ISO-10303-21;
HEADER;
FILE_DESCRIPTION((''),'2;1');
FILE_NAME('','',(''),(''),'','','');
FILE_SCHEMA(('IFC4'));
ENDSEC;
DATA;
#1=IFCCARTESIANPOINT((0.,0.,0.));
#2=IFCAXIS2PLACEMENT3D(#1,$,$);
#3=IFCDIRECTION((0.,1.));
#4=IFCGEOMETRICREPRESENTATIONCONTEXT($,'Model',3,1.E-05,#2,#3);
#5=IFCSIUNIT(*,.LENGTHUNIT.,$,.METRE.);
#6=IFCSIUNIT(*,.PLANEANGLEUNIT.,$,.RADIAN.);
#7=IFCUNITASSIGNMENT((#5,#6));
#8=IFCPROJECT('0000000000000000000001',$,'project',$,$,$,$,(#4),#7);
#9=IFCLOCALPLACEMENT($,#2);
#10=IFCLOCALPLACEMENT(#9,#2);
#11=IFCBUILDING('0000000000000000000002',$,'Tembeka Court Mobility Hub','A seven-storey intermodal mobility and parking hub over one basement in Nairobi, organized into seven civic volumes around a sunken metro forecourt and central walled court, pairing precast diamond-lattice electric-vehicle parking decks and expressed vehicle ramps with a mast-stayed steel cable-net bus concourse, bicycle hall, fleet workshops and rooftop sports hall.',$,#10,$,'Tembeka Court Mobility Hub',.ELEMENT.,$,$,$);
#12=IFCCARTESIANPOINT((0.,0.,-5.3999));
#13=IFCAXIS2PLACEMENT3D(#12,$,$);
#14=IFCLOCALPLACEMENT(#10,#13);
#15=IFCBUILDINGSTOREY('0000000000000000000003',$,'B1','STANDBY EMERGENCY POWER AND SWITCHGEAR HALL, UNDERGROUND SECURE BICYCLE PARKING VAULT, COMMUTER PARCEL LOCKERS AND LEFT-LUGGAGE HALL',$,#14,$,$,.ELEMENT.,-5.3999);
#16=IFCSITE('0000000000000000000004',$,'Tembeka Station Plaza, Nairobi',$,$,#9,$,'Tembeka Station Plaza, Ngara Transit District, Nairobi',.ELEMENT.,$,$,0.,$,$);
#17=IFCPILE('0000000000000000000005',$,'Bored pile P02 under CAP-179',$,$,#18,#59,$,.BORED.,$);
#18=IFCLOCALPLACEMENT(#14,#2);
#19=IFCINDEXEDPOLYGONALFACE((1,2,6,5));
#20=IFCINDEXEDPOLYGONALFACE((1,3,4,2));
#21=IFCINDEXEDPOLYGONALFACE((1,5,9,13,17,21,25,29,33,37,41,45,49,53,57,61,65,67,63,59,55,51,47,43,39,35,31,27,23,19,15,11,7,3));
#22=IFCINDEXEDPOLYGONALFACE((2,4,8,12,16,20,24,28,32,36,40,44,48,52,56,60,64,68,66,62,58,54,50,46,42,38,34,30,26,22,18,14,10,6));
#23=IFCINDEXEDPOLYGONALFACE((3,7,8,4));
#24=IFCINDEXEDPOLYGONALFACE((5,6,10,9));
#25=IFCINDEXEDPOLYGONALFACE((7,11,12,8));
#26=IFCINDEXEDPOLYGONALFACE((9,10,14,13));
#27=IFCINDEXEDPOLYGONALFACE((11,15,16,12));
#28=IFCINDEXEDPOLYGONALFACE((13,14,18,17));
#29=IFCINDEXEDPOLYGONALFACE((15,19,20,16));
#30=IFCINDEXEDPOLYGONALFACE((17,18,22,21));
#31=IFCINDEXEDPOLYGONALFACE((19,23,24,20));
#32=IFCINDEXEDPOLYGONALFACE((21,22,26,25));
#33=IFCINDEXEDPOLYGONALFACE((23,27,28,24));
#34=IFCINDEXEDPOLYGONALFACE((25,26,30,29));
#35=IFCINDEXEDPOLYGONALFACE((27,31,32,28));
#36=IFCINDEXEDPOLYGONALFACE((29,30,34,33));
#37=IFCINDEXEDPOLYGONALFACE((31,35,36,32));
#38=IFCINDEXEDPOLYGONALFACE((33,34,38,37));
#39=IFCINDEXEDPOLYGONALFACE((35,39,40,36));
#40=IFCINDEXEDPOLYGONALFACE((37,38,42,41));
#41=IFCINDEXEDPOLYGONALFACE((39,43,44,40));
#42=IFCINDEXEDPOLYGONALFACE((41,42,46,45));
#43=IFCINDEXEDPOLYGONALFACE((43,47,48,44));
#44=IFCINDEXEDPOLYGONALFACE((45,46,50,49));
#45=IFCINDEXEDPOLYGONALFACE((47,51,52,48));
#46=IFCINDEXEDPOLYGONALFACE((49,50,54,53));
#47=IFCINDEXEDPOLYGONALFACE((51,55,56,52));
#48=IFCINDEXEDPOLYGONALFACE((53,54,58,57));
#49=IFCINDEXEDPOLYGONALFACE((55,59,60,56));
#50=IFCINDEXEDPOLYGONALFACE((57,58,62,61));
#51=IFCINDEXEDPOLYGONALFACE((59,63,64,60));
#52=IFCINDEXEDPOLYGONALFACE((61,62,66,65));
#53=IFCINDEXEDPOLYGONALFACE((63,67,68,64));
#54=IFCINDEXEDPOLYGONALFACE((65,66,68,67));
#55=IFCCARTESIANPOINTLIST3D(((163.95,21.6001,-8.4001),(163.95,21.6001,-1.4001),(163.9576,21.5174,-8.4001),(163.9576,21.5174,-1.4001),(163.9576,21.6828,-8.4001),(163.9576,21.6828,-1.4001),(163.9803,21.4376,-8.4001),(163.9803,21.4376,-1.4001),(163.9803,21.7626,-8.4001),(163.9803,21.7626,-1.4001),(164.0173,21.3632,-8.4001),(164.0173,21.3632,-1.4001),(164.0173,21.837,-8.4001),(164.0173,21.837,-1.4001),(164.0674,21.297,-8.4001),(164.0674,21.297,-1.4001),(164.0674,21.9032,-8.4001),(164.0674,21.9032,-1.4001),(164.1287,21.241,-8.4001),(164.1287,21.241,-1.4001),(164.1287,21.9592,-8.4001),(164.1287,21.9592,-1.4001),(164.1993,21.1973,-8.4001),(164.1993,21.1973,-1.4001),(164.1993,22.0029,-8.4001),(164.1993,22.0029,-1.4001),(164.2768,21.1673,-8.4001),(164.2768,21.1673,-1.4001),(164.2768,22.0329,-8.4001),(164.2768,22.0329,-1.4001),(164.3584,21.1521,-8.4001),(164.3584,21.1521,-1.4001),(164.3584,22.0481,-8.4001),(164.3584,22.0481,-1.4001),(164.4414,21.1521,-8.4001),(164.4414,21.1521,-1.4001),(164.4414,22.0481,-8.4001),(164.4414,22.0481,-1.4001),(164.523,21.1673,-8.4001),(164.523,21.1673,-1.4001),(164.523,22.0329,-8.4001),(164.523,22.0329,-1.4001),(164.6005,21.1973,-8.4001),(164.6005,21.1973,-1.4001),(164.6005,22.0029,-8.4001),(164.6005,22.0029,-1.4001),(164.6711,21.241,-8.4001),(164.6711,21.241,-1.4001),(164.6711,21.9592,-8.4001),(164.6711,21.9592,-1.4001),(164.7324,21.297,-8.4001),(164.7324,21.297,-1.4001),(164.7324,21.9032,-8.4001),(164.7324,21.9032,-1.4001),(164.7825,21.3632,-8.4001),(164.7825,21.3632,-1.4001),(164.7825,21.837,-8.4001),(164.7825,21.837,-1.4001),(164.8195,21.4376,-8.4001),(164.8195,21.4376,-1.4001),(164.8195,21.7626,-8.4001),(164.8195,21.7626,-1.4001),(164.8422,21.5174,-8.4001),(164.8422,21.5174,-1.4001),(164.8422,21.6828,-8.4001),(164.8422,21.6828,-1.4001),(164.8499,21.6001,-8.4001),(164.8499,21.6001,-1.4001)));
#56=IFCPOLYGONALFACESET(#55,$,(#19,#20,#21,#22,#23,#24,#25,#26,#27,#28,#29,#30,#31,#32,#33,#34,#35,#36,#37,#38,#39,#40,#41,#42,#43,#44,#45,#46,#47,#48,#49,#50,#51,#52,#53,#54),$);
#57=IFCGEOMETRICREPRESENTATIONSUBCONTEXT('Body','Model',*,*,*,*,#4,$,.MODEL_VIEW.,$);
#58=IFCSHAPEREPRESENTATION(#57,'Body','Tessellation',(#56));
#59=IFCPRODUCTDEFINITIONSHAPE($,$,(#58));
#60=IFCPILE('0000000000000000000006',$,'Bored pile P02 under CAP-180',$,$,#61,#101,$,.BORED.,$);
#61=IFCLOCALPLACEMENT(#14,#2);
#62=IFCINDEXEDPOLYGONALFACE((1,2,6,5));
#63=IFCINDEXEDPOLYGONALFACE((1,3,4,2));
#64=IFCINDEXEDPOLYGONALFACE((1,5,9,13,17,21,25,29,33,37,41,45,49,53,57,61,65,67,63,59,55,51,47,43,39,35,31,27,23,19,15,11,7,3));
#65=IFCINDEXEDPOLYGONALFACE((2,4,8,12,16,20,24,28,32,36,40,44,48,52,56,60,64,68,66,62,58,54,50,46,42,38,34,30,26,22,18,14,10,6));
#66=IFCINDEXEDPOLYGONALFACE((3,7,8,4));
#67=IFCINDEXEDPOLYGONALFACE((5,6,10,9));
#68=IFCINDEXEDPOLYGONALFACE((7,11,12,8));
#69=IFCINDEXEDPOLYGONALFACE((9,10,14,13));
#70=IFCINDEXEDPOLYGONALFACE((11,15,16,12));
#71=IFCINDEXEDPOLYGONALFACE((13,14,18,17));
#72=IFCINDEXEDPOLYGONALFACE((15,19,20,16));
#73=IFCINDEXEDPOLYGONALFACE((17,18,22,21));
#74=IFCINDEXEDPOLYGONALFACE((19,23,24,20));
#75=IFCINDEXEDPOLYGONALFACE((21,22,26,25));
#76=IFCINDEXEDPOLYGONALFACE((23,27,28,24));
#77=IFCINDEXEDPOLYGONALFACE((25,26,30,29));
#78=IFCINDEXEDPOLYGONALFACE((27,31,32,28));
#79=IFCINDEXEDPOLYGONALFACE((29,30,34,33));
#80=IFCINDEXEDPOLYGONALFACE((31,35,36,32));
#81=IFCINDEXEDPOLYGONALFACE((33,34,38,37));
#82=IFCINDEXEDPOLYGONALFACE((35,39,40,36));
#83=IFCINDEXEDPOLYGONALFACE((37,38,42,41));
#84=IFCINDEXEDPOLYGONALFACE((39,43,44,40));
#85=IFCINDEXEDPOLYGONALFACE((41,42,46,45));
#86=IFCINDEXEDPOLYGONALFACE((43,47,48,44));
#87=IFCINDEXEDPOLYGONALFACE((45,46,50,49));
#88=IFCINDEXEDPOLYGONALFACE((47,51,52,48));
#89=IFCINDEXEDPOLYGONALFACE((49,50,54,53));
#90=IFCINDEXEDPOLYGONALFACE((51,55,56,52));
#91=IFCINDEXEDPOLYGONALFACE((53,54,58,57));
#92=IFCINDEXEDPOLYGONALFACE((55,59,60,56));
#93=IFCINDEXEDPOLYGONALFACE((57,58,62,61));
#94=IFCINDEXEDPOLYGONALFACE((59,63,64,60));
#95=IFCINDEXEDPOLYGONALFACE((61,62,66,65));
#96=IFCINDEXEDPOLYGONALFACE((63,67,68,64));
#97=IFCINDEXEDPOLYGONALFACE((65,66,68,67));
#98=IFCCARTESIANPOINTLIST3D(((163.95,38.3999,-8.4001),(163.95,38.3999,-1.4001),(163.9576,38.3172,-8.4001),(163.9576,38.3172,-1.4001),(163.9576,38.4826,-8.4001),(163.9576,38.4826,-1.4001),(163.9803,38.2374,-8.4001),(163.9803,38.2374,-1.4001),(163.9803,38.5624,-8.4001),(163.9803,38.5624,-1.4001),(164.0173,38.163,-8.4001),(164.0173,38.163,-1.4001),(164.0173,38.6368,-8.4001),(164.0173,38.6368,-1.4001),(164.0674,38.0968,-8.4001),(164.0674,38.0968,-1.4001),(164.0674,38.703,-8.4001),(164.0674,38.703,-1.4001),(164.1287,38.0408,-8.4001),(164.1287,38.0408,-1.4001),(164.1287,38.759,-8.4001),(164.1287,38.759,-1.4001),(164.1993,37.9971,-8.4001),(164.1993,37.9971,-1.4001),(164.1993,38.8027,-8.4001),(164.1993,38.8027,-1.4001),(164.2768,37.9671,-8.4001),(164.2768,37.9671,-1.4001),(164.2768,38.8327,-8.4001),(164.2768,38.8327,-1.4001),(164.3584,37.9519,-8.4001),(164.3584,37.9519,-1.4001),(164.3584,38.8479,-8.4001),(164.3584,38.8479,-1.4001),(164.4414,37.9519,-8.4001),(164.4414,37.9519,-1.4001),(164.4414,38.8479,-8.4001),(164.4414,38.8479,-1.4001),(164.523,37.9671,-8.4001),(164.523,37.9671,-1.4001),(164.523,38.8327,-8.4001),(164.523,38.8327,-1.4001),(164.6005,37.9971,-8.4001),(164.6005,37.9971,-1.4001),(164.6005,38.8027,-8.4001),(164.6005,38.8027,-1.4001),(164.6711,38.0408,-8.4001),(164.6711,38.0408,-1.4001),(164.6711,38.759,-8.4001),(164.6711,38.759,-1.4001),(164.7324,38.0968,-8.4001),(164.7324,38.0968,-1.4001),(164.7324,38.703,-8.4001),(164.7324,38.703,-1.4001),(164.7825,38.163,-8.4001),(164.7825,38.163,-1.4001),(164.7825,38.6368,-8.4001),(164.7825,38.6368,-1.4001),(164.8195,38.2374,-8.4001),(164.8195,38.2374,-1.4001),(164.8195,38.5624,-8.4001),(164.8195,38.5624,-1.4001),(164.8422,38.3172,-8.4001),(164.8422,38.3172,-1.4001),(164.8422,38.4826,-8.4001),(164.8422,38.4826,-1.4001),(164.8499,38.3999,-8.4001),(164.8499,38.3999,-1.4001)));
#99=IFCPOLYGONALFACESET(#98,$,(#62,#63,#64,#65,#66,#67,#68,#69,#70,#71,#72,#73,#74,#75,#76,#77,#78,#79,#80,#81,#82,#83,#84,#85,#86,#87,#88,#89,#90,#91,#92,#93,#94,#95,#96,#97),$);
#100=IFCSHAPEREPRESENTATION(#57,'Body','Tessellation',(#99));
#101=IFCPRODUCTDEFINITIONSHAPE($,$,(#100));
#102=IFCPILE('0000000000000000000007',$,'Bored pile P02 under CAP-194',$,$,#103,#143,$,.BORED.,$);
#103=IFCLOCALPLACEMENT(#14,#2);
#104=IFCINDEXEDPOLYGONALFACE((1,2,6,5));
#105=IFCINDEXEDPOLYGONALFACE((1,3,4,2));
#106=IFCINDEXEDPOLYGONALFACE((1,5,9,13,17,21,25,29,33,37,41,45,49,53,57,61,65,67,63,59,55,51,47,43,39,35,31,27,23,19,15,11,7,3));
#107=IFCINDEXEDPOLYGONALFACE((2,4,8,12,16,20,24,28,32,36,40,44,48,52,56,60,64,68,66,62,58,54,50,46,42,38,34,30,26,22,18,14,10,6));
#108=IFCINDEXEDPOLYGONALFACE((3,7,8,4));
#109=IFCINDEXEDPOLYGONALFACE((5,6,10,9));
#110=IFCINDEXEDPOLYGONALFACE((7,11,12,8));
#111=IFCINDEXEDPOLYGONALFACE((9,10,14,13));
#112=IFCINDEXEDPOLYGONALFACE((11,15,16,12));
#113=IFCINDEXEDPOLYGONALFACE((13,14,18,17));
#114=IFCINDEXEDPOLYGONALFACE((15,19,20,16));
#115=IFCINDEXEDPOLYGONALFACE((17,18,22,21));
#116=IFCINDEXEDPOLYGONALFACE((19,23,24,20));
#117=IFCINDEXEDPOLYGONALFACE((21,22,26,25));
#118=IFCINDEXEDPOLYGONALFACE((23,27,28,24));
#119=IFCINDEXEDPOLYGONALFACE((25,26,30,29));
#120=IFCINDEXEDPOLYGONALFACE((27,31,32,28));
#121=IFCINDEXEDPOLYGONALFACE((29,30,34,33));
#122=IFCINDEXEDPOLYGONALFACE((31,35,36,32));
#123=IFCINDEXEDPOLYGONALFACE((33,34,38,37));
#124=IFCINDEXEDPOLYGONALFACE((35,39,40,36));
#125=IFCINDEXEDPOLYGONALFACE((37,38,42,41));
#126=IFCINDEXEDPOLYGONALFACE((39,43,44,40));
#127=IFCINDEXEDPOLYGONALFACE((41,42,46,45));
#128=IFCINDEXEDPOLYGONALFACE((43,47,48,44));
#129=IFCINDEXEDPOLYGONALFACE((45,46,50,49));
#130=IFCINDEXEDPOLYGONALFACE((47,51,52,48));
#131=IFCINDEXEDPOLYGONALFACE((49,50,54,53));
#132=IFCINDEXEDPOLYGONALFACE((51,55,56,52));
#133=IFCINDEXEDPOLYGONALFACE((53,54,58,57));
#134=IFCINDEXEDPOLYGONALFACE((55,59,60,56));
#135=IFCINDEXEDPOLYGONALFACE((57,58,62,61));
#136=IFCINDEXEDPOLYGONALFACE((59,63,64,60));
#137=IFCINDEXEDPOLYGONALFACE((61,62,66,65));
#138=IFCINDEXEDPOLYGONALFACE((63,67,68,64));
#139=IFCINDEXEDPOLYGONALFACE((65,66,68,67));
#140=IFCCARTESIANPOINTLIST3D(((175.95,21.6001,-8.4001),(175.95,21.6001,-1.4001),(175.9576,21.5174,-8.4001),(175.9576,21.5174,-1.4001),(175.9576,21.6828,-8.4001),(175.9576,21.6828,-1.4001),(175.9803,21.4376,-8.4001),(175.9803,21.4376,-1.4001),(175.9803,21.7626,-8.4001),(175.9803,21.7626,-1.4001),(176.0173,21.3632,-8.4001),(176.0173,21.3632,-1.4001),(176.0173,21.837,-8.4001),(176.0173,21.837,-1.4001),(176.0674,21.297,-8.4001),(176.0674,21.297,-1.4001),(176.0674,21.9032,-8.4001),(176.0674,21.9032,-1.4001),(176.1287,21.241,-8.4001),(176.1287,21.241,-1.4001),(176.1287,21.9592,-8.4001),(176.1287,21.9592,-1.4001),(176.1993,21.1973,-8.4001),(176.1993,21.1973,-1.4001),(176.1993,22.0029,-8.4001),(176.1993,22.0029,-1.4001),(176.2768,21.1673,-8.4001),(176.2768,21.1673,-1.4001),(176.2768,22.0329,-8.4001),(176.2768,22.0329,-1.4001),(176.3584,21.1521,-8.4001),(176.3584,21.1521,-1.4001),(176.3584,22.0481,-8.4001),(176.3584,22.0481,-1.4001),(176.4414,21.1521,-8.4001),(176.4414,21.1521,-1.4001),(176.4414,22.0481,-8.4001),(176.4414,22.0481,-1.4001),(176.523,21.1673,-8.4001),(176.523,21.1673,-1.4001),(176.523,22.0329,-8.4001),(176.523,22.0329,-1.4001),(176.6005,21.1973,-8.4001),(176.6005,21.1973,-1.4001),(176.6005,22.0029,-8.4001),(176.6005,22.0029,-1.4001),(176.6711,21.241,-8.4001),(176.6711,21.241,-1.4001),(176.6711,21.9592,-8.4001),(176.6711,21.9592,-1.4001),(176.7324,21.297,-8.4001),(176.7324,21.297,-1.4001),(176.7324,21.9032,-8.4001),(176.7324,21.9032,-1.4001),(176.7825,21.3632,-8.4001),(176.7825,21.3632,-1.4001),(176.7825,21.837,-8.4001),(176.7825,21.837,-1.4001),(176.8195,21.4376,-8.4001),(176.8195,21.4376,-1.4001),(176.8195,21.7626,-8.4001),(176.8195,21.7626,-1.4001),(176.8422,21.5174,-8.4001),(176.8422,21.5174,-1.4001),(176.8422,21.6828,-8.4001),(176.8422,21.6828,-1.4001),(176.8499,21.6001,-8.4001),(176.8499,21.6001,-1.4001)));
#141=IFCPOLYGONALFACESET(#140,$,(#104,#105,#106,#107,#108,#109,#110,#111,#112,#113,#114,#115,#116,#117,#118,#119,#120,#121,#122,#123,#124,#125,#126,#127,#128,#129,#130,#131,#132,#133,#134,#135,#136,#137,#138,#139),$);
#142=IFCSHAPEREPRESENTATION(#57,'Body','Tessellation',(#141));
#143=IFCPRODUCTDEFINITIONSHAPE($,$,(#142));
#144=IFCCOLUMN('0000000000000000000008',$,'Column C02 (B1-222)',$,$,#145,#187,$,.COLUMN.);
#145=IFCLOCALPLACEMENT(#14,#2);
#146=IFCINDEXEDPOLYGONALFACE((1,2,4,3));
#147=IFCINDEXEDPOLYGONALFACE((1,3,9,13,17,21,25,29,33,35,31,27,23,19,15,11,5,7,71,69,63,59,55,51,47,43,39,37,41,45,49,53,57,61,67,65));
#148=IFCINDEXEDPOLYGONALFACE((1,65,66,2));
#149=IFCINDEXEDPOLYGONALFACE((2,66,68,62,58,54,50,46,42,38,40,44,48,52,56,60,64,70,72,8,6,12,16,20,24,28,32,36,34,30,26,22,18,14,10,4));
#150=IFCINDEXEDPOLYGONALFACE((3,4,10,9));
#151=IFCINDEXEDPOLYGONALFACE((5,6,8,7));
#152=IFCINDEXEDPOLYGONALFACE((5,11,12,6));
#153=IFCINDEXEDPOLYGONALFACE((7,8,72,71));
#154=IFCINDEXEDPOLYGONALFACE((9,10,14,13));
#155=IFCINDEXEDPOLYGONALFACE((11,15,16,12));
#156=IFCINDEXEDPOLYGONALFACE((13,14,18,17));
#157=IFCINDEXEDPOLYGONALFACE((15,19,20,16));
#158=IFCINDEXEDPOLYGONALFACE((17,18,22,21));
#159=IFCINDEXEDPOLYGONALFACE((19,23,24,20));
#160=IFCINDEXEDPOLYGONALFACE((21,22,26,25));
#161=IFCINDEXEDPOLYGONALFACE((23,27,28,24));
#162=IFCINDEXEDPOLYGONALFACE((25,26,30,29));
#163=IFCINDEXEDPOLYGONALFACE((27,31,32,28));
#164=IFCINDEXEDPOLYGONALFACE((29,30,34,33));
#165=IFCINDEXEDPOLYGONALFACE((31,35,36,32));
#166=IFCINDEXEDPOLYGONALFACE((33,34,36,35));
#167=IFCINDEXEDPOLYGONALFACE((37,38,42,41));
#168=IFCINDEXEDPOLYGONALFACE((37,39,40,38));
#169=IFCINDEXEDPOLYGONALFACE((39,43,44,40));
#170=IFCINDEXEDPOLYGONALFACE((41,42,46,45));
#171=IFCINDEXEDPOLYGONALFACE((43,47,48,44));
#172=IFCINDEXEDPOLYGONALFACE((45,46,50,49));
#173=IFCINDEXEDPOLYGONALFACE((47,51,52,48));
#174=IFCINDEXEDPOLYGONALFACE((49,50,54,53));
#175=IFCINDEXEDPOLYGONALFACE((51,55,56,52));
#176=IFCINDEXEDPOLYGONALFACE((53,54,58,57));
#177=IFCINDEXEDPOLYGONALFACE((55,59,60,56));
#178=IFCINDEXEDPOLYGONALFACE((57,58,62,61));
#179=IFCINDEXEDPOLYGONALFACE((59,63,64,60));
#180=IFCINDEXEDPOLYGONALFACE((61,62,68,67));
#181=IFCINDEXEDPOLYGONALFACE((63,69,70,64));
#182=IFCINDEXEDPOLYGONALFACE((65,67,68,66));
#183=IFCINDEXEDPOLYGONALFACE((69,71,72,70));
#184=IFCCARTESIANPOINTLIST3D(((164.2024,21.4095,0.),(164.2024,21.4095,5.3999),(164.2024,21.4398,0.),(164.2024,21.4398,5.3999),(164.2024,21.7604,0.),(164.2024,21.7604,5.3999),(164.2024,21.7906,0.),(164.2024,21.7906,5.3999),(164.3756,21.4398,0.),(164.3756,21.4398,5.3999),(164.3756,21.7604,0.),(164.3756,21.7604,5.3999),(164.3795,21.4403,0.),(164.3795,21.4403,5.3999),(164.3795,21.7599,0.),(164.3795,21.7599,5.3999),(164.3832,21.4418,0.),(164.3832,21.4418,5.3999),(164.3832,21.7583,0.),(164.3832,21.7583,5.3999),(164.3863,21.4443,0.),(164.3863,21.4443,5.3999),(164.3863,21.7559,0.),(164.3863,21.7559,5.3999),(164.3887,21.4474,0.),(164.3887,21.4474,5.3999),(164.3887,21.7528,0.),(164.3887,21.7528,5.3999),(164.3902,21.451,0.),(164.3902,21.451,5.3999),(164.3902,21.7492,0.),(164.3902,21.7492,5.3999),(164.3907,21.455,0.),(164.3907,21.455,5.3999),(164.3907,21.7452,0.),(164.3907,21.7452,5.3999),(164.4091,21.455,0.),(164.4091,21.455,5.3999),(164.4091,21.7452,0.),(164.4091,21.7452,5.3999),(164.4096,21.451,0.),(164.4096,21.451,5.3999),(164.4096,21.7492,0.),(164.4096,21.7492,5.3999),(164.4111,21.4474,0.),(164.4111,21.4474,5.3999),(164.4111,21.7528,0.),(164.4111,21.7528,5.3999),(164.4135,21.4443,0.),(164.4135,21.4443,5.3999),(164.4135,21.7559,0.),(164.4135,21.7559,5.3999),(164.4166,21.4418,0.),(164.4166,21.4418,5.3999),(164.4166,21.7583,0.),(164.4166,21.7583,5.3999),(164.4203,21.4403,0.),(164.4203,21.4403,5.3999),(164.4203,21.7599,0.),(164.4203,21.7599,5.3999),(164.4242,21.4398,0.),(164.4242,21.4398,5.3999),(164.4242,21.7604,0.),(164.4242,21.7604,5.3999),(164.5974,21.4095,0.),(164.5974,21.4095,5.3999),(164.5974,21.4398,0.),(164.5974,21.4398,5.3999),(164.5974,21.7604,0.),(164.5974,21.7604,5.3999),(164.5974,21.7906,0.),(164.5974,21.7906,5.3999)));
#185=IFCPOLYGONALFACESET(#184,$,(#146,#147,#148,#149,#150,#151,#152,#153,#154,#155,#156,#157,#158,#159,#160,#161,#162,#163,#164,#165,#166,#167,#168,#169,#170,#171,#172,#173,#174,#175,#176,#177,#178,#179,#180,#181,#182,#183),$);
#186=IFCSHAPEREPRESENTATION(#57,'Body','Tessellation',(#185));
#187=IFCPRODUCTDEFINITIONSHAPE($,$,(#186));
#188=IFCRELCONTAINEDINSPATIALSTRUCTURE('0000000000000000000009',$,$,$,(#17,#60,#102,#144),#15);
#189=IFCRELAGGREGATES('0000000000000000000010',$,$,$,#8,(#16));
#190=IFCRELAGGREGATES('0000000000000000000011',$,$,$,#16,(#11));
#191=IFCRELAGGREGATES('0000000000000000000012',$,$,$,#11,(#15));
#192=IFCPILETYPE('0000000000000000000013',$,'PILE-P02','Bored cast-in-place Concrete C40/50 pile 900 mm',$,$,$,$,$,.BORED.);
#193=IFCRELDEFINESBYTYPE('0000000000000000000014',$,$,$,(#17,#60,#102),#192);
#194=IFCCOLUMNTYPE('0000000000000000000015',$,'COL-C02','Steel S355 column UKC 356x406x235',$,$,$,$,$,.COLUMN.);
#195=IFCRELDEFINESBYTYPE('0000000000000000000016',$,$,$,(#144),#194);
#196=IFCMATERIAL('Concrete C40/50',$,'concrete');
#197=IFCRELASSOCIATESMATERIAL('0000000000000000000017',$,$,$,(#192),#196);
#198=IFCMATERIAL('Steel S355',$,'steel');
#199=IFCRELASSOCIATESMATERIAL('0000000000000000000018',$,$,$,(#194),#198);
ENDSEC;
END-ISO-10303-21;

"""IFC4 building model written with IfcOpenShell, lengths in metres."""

from ifc_helpers import new_model, si_unit, direction, frame, origin, origin_2d, place, context, subcontext, project, spatial, circle, i_section, extrude, material, material_profile, profile_set, type_object, element, save


model = new_model("IFC4")

# Units and contexts
model_context = context("Model", 3, precision=1e-05, world=origin(), true_north=direction((0.0, 1.0)))
body_context = subcontext(model_context, "Body", "Model", "MODEL_VIEW")
ifc_project = project(units=[si_unit("LENGTHUNIT", "METRE"), si_unit("PLANEANGLEUNIT", "RADIAN")], contexts=[model_context])

# Site, building, storey
site_placement = place(None, origin())
site = spatial("IfcSite", under=ifc_project, at=site_placement, Name="Tembeka Station Plaza, Nairobi", LongName="Tembeka Station Plaza, Ngara Transit District, Nairobi", CompositionType="ELEMENT", RefElevation=0.0)
building_placement = place(site_placement, origin())
building = spatial("IfcBuilding", under=site, at=building_placement, Name="Tembeka Court Mobility Hub", Description="A seven-storey intermodal mobility and parking hub over one basement in Nairobi, organized into seven civic volumes around a sunken metro forecourt and central walled court, pairing precast diamond-lattice electric-vehicle parking decks and expressed vehicle ramps with a mast-stayed steel cable-net bus concourse, bicycle hall, fleet workshops and rooftop sports hall.", LongName="Tembeka Court Mobility Hub", CompositionType="ELEMENT")
storey_placement = place(building_placement, frame((0.0, 0.0, -5.3999)))
storey = spatial("IfcBuildingStorey", under=building, at=storey_placement, Name="B1", Description="STANDBY EMERGENCY POWER AND SWITCHGEAR HALL, UNDERGROUND SECURE BICYCLE PARKING VAULT, COMMUTER PARCEL LOCKERS AND LEFT-LUGGAGE HALL", CompositionType="ELEMENT", Elevation=-5.3999)

# Shared definitions
ifc_material_1 = material(Name="Concrete C40/50", Category="concrete")

# Piles
ifc_material_profile_1 = material_profile(ifc_material_1, circle(Radius=0.45, at=origin_2d()), Name="PILE D900")
ifc_profile_set_1 = profile_set([ifc_material_profile_1], Name="Concrete C40/50")
pile_type = type_object("IfcPileType", Name="PILE-P02", Description="Bored cast-in-place Concrete C40/50 pile 900 mm", PredefinedType="BORED", material=ifc_profile_set_1)
for number, where, z_axis, x_axis, name in (
    (1, (164.3999, 21.6001, -1.4001), (0.0, 0.0, -1.0), (1.0, 0.0, 0.0), "Bored pile P02 under CAP-179"),
    (2, (164.3999, 38.3999, -1.4001), (0.0, 0.0, -1.0), (1.0, 0.0, 0.0), "Bored pile P02 under CAP-180"),
    (3, (176.3999, 21.6001, -1.4001), (0.0, 0.0, -1.0), (1.0, 0.0, 0.0), "Bored pile P02 under CAP-194"),
):
    element("IfcPile", number, at=place(storey_placement, frame(where, z_axis=z_axis, x_axis=x_axis)), inside=storey, type_object=pile_type, Name=name, PredefinedType="BORED", context=body_context, shape_type="SweptSolid", body=[
        extrude(circle(Radius=0.45, at=origin_2d()), origin(), (0.0, 0.0, 1.0), 7.0),
    ])

# Column
ifc_material_2 = material(Name="Steel S355", Category="steel")
ifc_material_profile_2 = material_profile(ifc_material_2, i_section(OverallWidth=0.395, OverallDepth=0.3811, WebThickness=0.0183, FlangeThickness=0.0303, FilletRadius=0.0151, at=origin_2d()), Name="UKC 356x406x235")
ifc_profile_set_2 = profile_set([ifc_material_profile_2], Name="Steel S355")
column_type_1 = type_object("IfcColumnType", Name="COL-C02", Description="Steel S355 column UKC 356x406x235", PredefinedType="COLUMN", material=ifc_profile_set_2)
for number, where, z_axis, x_axis, name in (
    (4, (164.3999, 21.6001, 0.0), (0.0, 0.0, 1.0), (1.0, 0.0, 0.0), "Column C02 (B1-222)"),
):
    element("IfcColumn", number, at=place(storey_placement, frame(where, z_axis=z_axis, x_axis=x_axis)), inside=storey, type_object=column_type_1, Name=name, PredefinedType="COLUMN", context=body_context, shape_type="SweptSolid", body=[
        extrude(i_section(OverallWidth=0.395, OverallDepth=0.3811, WebThickness=0.0183, FlangeThickness=0.0303, FilletRadius=0.0151, at=origin_2d()), origin(), (0.0, 0.0, 1.0), 5.3999),
    ])

save(model, "model.ifc")
